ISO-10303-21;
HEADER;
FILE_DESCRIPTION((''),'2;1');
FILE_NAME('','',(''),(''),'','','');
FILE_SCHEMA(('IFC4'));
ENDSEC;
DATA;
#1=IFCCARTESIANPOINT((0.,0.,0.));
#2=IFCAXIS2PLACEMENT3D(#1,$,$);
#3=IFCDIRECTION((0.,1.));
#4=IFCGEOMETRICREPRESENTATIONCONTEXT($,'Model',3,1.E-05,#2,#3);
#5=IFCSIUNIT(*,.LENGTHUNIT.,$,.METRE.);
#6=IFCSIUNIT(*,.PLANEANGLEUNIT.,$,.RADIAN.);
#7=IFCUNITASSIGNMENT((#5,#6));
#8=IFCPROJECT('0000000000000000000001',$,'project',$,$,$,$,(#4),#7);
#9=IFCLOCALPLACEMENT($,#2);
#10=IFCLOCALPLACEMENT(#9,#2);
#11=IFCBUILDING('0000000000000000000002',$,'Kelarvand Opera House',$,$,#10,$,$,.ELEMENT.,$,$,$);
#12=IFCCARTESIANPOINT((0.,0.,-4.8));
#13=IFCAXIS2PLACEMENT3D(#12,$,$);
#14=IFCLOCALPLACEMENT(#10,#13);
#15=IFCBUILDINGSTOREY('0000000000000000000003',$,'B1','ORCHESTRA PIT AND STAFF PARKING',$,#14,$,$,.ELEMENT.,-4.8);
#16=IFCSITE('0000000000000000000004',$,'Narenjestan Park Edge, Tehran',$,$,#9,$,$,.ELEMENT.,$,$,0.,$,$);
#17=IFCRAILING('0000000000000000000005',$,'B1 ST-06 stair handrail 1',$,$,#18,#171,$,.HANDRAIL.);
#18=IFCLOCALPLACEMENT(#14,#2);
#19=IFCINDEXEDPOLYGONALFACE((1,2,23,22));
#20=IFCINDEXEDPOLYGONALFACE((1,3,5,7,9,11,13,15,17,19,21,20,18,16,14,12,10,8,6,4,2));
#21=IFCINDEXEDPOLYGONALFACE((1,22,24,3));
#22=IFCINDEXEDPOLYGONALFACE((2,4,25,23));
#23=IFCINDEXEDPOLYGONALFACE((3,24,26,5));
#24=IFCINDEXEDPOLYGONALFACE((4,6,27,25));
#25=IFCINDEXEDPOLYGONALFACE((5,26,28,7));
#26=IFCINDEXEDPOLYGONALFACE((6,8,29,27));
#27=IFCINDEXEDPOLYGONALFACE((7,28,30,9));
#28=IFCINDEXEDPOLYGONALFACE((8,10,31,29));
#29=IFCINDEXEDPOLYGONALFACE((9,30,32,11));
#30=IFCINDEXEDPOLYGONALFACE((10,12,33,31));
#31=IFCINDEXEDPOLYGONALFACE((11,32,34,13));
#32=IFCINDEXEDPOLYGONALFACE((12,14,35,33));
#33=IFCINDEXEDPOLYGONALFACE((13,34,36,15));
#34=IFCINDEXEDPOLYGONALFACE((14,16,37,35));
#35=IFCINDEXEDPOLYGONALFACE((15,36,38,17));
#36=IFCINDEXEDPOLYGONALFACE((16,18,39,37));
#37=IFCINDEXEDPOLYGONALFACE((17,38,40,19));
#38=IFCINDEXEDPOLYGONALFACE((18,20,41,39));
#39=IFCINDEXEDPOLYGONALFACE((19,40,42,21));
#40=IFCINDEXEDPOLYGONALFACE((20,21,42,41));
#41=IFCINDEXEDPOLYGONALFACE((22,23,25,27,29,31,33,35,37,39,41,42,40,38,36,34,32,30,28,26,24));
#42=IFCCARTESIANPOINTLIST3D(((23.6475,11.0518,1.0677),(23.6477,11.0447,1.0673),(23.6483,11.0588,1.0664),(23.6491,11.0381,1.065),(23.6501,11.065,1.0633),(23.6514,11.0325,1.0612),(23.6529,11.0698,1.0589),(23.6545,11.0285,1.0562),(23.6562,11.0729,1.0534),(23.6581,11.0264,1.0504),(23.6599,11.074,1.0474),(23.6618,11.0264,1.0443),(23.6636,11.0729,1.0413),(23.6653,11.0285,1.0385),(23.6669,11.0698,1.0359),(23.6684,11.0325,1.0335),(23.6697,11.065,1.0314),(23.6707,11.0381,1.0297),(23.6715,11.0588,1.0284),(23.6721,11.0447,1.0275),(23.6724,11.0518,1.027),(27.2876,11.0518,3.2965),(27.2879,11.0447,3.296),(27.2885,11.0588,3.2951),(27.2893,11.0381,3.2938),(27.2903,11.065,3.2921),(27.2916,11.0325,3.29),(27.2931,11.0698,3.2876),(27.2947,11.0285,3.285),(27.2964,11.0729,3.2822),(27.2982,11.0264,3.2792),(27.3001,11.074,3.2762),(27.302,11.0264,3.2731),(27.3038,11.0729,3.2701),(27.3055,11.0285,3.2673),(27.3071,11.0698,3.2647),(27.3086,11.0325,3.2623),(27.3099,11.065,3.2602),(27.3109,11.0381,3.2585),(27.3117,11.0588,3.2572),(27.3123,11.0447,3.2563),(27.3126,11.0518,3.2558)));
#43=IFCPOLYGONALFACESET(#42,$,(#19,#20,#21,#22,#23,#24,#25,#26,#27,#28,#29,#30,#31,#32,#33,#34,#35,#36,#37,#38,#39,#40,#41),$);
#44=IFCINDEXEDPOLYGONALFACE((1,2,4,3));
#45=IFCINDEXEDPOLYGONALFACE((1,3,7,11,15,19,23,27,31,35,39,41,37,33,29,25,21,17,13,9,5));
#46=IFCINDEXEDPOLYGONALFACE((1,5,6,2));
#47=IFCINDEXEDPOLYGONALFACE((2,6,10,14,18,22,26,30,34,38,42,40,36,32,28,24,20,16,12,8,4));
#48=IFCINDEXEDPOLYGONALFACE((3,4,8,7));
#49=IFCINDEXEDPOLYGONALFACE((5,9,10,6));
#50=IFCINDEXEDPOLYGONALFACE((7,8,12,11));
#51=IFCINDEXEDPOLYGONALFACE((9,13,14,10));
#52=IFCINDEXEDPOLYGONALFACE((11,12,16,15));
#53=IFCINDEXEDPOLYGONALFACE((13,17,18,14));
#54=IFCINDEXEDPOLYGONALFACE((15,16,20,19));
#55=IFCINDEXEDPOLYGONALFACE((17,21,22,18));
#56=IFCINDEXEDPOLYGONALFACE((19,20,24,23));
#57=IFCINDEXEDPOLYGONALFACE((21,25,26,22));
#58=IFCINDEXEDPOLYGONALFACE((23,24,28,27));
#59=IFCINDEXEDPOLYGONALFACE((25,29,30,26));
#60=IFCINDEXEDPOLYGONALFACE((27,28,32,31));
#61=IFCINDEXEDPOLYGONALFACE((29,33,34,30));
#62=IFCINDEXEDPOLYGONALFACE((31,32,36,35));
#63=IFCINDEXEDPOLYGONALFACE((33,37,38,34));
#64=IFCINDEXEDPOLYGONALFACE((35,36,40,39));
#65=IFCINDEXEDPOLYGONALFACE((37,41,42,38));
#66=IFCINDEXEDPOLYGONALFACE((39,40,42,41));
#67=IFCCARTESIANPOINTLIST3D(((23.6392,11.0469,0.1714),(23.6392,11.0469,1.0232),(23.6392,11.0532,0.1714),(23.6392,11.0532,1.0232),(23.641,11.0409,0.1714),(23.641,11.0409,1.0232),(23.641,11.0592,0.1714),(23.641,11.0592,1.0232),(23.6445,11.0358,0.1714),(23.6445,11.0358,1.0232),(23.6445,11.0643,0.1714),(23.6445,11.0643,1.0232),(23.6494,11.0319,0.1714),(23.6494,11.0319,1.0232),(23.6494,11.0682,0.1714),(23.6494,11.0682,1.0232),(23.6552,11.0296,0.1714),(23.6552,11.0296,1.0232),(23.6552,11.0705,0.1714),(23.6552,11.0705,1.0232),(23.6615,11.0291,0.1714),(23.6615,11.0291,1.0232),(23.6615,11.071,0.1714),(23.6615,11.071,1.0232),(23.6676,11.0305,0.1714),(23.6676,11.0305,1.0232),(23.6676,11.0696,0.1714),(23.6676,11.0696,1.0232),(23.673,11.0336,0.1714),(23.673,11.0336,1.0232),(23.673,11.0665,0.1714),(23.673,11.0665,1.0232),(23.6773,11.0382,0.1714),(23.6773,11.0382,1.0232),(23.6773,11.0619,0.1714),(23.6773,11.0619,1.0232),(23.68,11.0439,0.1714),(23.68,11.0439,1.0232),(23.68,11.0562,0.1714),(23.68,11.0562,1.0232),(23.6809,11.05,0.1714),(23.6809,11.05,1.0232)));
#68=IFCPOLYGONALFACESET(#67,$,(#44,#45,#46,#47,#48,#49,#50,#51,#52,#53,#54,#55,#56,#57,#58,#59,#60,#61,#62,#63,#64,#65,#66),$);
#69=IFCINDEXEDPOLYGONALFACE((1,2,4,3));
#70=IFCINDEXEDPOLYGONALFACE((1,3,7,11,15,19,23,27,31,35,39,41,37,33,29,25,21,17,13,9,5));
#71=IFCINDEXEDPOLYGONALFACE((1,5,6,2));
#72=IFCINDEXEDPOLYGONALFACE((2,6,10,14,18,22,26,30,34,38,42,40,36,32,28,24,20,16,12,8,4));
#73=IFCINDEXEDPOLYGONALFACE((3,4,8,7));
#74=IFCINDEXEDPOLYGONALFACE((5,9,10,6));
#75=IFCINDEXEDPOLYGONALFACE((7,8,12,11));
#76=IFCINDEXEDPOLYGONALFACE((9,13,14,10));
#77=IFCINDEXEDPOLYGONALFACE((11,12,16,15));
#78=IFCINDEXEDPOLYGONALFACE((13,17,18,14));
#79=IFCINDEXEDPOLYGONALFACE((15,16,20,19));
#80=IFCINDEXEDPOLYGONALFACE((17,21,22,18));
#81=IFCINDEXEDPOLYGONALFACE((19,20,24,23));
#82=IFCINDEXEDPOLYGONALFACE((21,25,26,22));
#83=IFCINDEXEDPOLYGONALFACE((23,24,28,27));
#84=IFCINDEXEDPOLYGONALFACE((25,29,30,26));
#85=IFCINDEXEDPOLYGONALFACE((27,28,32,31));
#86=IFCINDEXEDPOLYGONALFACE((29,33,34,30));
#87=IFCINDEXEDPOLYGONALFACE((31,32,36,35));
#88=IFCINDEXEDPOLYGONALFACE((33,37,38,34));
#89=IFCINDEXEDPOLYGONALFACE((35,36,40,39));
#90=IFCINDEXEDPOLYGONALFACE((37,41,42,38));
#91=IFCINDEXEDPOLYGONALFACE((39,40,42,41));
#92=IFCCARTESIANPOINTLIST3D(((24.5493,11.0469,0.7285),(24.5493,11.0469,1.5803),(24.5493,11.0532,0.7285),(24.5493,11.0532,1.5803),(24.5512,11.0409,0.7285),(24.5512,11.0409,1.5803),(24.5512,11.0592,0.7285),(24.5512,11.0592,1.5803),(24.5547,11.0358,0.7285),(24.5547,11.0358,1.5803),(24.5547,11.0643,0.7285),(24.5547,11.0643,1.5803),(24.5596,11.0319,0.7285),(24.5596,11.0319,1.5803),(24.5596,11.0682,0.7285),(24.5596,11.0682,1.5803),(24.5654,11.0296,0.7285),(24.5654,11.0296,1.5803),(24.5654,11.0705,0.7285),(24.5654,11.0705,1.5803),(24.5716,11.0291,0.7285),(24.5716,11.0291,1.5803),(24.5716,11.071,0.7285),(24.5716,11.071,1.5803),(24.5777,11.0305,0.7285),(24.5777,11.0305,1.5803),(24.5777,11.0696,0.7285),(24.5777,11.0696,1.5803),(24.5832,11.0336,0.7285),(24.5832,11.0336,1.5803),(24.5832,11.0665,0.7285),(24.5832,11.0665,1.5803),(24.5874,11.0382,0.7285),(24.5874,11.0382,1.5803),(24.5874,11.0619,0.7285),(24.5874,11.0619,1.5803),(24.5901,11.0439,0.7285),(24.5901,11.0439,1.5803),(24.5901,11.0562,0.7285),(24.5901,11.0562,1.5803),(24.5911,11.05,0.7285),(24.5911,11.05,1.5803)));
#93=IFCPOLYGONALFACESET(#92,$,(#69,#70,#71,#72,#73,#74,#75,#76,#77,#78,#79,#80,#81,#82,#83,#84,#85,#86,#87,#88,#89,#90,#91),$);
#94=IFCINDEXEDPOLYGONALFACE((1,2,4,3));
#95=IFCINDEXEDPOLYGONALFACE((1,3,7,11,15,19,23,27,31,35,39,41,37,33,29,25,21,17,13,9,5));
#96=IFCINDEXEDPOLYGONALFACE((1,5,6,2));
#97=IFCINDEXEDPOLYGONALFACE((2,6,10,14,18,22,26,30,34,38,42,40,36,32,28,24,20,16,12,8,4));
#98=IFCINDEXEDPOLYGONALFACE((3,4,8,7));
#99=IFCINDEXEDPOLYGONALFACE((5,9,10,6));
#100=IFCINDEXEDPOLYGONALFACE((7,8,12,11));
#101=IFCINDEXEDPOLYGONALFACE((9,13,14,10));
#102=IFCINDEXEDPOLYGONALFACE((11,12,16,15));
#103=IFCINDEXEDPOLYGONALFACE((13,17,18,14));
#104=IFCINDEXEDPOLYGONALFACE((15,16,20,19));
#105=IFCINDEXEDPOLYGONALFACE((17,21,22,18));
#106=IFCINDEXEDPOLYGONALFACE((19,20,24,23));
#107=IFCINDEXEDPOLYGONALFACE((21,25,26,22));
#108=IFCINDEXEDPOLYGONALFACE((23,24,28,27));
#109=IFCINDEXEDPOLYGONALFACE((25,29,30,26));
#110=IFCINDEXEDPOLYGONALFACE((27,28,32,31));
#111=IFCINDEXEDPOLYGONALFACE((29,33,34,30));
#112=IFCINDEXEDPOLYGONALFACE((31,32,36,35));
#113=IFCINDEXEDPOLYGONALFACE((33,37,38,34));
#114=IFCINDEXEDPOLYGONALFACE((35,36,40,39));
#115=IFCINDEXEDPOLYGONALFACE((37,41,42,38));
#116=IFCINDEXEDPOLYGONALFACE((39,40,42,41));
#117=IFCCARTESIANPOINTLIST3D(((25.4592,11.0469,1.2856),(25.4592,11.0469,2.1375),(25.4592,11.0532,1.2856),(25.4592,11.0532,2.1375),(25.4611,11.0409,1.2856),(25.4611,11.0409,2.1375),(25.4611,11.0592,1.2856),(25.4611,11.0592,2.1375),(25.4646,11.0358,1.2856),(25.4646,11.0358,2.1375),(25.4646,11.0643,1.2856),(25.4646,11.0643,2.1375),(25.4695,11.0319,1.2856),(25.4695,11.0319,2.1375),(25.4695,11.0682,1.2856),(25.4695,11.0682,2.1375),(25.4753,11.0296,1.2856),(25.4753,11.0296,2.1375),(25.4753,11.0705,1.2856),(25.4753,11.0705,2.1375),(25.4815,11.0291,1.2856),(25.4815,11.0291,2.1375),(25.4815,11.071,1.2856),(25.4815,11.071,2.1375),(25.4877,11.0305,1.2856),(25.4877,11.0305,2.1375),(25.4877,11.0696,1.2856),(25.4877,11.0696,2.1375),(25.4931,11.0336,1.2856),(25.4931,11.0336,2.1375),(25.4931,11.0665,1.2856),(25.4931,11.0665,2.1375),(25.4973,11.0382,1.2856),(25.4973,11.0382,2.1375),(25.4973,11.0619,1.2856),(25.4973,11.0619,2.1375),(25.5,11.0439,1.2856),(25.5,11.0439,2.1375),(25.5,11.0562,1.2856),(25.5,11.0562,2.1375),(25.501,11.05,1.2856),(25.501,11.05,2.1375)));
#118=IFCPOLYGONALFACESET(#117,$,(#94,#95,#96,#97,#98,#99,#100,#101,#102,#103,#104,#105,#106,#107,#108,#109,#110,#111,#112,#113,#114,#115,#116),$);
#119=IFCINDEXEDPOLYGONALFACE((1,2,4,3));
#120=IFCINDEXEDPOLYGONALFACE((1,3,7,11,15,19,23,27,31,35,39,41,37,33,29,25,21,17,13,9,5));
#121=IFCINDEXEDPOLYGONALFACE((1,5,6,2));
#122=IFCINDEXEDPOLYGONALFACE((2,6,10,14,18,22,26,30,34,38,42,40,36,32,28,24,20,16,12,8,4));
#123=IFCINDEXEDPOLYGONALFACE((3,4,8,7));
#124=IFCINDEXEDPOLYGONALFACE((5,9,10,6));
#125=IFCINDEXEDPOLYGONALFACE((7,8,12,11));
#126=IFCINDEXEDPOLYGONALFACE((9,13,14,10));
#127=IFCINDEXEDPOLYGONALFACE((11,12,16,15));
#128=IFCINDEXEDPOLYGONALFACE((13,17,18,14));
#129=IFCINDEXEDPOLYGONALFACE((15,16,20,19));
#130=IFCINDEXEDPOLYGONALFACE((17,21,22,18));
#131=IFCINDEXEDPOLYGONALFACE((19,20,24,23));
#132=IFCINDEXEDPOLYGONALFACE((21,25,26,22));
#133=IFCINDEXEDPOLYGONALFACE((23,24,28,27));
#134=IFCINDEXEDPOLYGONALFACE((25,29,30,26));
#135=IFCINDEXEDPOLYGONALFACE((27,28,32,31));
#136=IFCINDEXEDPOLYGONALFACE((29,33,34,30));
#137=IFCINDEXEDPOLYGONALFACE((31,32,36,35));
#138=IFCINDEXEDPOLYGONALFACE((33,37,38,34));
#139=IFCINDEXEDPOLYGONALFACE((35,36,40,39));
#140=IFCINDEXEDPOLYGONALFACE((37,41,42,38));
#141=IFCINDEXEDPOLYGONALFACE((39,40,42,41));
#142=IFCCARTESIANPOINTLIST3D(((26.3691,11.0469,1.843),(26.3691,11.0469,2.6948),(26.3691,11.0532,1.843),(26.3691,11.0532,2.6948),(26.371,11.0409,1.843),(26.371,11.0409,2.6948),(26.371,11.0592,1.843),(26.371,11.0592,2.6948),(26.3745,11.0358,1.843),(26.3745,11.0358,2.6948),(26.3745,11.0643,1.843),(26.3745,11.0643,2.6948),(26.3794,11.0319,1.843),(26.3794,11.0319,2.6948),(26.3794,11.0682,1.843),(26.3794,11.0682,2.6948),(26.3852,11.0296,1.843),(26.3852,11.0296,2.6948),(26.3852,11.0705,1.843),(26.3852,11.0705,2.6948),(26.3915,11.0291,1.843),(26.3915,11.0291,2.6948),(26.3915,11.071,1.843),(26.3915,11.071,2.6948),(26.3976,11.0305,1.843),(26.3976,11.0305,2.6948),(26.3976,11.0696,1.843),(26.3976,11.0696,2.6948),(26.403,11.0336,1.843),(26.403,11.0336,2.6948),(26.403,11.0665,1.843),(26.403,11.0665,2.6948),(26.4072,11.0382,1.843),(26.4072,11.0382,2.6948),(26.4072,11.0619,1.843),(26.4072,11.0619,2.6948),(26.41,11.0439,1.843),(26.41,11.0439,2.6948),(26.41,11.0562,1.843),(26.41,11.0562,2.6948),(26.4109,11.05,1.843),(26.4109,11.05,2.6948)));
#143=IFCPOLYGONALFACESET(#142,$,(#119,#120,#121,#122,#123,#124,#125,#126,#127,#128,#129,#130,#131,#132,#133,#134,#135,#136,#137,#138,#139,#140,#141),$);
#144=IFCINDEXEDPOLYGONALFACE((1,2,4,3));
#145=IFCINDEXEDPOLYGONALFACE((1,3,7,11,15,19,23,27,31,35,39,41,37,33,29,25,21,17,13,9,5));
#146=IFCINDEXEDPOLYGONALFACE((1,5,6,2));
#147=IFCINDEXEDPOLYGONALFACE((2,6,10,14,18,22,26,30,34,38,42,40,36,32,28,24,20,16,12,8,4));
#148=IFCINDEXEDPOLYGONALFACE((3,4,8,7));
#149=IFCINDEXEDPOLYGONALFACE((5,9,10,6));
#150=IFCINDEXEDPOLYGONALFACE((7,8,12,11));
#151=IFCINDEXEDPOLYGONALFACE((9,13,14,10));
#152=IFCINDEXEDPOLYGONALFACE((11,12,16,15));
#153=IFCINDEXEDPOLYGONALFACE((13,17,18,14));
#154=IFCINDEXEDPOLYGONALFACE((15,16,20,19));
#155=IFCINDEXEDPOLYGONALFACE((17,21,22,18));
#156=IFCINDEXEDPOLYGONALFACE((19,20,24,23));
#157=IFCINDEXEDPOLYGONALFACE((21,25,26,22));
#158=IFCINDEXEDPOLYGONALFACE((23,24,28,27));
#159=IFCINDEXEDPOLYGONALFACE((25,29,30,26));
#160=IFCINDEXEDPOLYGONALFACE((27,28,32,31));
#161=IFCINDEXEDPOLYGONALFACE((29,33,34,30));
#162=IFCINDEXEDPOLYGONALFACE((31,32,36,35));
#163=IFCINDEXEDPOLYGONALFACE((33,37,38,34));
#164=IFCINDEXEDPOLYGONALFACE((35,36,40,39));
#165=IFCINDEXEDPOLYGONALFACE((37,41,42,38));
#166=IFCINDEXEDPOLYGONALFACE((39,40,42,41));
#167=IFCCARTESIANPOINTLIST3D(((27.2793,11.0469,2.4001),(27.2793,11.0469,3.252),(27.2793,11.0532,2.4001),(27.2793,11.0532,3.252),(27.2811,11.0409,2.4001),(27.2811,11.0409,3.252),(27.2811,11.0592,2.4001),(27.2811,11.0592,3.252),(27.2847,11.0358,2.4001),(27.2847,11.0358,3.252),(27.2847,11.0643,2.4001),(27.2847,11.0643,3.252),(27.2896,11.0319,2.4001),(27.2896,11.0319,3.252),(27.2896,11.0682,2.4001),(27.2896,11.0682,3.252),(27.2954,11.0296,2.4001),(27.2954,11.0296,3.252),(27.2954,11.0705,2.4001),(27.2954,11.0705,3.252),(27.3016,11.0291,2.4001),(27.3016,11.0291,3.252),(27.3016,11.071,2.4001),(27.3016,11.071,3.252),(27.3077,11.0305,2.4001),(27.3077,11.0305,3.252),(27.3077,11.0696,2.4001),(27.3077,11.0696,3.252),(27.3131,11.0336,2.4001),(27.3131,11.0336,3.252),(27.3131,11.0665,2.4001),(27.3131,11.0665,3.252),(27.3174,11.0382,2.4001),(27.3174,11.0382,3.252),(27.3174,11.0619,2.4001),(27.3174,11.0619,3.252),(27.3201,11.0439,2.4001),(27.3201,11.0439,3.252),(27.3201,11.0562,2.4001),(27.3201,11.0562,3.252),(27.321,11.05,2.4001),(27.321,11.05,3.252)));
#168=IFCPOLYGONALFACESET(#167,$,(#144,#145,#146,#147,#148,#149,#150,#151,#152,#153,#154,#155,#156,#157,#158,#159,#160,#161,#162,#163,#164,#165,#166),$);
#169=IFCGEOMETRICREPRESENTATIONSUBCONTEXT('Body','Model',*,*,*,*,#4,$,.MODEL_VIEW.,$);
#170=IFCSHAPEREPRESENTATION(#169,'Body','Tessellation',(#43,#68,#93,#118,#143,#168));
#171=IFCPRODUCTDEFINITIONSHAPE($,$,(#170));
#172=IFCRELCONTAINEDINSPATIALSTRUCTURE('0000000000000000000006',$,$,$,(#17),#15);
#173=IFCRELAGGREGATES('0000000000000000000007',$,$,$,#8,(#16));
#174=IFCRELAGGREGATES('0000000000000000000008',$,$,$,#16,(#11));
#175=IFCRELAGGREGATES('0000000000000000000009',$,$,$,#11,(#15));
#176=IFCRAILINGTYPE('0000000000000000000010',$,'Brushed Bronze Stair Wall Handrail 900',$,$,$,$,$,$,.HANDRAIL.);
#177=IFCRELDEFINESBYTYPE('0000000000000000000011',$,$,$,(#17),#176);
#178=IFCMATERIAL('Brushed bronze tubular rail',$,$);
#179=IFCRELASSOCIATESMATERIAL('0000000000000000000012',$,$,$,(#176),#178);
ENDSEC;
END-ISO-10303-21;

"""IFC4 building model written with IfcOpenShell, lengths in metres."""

from ifc_helpers import new_model, si_unit, direction, frame, origin, origin_2d, place, context, subcontext, project, spatial, circle, extrude, material, type_object, element, save


model = new_model("IFC4")

# Units and contexts
model_context = context("Model", 3, precision=1e-05, world=origin(), true_north=direction((0.0, 1.0)))
body_context = subcontext(model_context, "Body", "Model", "MODEL_VIEW")
ifc_project = project(units=[si_unit("LENGTHUNIT", "METRE"), si_unit("PLANEANGLEUNIT", "RADIAN")], contexts=[model_context])

# Site, building, storey
site_placement = place(None, origin())
site = spatial("IfcSite", under=ifc_project, at=site_placement, Name="Narenjestan Park Edge, Tehran", CompositionType="ELEMENT", RefElevation=0.0)
building_placement = place(site_placement, origin())
building = spatial("IfcBuilding", under=site, at=building_placement, Name="Kelarvand Opera House", CompositionType="ELEMENT")
storey_placement = place(building_placement, frame((0.0, 0.0, -4.8)))
storey = spatial("IfcBuildingStorey", under=building, at=storey_placement, Name="B1", Description="ORCHESTRA PIT AND STAFF PARKING", CompositionType="ELEMENT", Elevation=-4.8)

# Railing
ifc_material_1 = material(Name="Brushed bronze tubular rail")
railing_type_1 = type_object("IfcRailingType", Name="Brushed Bronze Stair Wall Handrail 900", PredefinedType="HANDRAIL", material=ifc_material_1)
railing_1_placement = place(storey_placement, frame((23.6599, 11.05, 0.1714)))
element("IfcRailing", 1, at=railing_1_placement, inside=storey, type_object=railing_type_1, Name="B1 ST-06 stair handrail 1", PredefinedType="HANDRAIL", context=body_context, shape_type="SweptSolid", body=[
    extrude(circle(Radius=0.0239, at=origin_2d()), frame((0.0, 0.0, 0.876), z_axis=(0.85284, 0.0, 0.522172), x_axis=(0.0, 1.0, 0.0)), (0.0, 0.0, 1.0), 4.2683),
    extrude(circle(Radius=0.021, at=origin_2d()), origin(), (0.0, 0.0, 1.0), 0.8518),
    extrude(circle(Radius=0.021, at=origin_2d()), frame((0.9102, 0.0, 0.5571)), (0.0, 0.0, 1.0), 0.8518),
    extrude(circle(Radius=0.021, at=origin_2d()), frame((1.8201, 0.0, 1.1143)), (0.0, 0.0, 1.0), 0.8518),
    extrude(circle(Radius=0.021, at=origin_2d()), frame((2.73, 0.0, 1.6716)), (0.0, 0.0, 1.0), 0.8518),
    extrude(circle(Radius=0.021, at=origin_2d()), frame((3.6401, 0.0, 2.2288)), (0.0, 0.0, 1.0), 0.8518),
])

save(model, "model.ifc")
